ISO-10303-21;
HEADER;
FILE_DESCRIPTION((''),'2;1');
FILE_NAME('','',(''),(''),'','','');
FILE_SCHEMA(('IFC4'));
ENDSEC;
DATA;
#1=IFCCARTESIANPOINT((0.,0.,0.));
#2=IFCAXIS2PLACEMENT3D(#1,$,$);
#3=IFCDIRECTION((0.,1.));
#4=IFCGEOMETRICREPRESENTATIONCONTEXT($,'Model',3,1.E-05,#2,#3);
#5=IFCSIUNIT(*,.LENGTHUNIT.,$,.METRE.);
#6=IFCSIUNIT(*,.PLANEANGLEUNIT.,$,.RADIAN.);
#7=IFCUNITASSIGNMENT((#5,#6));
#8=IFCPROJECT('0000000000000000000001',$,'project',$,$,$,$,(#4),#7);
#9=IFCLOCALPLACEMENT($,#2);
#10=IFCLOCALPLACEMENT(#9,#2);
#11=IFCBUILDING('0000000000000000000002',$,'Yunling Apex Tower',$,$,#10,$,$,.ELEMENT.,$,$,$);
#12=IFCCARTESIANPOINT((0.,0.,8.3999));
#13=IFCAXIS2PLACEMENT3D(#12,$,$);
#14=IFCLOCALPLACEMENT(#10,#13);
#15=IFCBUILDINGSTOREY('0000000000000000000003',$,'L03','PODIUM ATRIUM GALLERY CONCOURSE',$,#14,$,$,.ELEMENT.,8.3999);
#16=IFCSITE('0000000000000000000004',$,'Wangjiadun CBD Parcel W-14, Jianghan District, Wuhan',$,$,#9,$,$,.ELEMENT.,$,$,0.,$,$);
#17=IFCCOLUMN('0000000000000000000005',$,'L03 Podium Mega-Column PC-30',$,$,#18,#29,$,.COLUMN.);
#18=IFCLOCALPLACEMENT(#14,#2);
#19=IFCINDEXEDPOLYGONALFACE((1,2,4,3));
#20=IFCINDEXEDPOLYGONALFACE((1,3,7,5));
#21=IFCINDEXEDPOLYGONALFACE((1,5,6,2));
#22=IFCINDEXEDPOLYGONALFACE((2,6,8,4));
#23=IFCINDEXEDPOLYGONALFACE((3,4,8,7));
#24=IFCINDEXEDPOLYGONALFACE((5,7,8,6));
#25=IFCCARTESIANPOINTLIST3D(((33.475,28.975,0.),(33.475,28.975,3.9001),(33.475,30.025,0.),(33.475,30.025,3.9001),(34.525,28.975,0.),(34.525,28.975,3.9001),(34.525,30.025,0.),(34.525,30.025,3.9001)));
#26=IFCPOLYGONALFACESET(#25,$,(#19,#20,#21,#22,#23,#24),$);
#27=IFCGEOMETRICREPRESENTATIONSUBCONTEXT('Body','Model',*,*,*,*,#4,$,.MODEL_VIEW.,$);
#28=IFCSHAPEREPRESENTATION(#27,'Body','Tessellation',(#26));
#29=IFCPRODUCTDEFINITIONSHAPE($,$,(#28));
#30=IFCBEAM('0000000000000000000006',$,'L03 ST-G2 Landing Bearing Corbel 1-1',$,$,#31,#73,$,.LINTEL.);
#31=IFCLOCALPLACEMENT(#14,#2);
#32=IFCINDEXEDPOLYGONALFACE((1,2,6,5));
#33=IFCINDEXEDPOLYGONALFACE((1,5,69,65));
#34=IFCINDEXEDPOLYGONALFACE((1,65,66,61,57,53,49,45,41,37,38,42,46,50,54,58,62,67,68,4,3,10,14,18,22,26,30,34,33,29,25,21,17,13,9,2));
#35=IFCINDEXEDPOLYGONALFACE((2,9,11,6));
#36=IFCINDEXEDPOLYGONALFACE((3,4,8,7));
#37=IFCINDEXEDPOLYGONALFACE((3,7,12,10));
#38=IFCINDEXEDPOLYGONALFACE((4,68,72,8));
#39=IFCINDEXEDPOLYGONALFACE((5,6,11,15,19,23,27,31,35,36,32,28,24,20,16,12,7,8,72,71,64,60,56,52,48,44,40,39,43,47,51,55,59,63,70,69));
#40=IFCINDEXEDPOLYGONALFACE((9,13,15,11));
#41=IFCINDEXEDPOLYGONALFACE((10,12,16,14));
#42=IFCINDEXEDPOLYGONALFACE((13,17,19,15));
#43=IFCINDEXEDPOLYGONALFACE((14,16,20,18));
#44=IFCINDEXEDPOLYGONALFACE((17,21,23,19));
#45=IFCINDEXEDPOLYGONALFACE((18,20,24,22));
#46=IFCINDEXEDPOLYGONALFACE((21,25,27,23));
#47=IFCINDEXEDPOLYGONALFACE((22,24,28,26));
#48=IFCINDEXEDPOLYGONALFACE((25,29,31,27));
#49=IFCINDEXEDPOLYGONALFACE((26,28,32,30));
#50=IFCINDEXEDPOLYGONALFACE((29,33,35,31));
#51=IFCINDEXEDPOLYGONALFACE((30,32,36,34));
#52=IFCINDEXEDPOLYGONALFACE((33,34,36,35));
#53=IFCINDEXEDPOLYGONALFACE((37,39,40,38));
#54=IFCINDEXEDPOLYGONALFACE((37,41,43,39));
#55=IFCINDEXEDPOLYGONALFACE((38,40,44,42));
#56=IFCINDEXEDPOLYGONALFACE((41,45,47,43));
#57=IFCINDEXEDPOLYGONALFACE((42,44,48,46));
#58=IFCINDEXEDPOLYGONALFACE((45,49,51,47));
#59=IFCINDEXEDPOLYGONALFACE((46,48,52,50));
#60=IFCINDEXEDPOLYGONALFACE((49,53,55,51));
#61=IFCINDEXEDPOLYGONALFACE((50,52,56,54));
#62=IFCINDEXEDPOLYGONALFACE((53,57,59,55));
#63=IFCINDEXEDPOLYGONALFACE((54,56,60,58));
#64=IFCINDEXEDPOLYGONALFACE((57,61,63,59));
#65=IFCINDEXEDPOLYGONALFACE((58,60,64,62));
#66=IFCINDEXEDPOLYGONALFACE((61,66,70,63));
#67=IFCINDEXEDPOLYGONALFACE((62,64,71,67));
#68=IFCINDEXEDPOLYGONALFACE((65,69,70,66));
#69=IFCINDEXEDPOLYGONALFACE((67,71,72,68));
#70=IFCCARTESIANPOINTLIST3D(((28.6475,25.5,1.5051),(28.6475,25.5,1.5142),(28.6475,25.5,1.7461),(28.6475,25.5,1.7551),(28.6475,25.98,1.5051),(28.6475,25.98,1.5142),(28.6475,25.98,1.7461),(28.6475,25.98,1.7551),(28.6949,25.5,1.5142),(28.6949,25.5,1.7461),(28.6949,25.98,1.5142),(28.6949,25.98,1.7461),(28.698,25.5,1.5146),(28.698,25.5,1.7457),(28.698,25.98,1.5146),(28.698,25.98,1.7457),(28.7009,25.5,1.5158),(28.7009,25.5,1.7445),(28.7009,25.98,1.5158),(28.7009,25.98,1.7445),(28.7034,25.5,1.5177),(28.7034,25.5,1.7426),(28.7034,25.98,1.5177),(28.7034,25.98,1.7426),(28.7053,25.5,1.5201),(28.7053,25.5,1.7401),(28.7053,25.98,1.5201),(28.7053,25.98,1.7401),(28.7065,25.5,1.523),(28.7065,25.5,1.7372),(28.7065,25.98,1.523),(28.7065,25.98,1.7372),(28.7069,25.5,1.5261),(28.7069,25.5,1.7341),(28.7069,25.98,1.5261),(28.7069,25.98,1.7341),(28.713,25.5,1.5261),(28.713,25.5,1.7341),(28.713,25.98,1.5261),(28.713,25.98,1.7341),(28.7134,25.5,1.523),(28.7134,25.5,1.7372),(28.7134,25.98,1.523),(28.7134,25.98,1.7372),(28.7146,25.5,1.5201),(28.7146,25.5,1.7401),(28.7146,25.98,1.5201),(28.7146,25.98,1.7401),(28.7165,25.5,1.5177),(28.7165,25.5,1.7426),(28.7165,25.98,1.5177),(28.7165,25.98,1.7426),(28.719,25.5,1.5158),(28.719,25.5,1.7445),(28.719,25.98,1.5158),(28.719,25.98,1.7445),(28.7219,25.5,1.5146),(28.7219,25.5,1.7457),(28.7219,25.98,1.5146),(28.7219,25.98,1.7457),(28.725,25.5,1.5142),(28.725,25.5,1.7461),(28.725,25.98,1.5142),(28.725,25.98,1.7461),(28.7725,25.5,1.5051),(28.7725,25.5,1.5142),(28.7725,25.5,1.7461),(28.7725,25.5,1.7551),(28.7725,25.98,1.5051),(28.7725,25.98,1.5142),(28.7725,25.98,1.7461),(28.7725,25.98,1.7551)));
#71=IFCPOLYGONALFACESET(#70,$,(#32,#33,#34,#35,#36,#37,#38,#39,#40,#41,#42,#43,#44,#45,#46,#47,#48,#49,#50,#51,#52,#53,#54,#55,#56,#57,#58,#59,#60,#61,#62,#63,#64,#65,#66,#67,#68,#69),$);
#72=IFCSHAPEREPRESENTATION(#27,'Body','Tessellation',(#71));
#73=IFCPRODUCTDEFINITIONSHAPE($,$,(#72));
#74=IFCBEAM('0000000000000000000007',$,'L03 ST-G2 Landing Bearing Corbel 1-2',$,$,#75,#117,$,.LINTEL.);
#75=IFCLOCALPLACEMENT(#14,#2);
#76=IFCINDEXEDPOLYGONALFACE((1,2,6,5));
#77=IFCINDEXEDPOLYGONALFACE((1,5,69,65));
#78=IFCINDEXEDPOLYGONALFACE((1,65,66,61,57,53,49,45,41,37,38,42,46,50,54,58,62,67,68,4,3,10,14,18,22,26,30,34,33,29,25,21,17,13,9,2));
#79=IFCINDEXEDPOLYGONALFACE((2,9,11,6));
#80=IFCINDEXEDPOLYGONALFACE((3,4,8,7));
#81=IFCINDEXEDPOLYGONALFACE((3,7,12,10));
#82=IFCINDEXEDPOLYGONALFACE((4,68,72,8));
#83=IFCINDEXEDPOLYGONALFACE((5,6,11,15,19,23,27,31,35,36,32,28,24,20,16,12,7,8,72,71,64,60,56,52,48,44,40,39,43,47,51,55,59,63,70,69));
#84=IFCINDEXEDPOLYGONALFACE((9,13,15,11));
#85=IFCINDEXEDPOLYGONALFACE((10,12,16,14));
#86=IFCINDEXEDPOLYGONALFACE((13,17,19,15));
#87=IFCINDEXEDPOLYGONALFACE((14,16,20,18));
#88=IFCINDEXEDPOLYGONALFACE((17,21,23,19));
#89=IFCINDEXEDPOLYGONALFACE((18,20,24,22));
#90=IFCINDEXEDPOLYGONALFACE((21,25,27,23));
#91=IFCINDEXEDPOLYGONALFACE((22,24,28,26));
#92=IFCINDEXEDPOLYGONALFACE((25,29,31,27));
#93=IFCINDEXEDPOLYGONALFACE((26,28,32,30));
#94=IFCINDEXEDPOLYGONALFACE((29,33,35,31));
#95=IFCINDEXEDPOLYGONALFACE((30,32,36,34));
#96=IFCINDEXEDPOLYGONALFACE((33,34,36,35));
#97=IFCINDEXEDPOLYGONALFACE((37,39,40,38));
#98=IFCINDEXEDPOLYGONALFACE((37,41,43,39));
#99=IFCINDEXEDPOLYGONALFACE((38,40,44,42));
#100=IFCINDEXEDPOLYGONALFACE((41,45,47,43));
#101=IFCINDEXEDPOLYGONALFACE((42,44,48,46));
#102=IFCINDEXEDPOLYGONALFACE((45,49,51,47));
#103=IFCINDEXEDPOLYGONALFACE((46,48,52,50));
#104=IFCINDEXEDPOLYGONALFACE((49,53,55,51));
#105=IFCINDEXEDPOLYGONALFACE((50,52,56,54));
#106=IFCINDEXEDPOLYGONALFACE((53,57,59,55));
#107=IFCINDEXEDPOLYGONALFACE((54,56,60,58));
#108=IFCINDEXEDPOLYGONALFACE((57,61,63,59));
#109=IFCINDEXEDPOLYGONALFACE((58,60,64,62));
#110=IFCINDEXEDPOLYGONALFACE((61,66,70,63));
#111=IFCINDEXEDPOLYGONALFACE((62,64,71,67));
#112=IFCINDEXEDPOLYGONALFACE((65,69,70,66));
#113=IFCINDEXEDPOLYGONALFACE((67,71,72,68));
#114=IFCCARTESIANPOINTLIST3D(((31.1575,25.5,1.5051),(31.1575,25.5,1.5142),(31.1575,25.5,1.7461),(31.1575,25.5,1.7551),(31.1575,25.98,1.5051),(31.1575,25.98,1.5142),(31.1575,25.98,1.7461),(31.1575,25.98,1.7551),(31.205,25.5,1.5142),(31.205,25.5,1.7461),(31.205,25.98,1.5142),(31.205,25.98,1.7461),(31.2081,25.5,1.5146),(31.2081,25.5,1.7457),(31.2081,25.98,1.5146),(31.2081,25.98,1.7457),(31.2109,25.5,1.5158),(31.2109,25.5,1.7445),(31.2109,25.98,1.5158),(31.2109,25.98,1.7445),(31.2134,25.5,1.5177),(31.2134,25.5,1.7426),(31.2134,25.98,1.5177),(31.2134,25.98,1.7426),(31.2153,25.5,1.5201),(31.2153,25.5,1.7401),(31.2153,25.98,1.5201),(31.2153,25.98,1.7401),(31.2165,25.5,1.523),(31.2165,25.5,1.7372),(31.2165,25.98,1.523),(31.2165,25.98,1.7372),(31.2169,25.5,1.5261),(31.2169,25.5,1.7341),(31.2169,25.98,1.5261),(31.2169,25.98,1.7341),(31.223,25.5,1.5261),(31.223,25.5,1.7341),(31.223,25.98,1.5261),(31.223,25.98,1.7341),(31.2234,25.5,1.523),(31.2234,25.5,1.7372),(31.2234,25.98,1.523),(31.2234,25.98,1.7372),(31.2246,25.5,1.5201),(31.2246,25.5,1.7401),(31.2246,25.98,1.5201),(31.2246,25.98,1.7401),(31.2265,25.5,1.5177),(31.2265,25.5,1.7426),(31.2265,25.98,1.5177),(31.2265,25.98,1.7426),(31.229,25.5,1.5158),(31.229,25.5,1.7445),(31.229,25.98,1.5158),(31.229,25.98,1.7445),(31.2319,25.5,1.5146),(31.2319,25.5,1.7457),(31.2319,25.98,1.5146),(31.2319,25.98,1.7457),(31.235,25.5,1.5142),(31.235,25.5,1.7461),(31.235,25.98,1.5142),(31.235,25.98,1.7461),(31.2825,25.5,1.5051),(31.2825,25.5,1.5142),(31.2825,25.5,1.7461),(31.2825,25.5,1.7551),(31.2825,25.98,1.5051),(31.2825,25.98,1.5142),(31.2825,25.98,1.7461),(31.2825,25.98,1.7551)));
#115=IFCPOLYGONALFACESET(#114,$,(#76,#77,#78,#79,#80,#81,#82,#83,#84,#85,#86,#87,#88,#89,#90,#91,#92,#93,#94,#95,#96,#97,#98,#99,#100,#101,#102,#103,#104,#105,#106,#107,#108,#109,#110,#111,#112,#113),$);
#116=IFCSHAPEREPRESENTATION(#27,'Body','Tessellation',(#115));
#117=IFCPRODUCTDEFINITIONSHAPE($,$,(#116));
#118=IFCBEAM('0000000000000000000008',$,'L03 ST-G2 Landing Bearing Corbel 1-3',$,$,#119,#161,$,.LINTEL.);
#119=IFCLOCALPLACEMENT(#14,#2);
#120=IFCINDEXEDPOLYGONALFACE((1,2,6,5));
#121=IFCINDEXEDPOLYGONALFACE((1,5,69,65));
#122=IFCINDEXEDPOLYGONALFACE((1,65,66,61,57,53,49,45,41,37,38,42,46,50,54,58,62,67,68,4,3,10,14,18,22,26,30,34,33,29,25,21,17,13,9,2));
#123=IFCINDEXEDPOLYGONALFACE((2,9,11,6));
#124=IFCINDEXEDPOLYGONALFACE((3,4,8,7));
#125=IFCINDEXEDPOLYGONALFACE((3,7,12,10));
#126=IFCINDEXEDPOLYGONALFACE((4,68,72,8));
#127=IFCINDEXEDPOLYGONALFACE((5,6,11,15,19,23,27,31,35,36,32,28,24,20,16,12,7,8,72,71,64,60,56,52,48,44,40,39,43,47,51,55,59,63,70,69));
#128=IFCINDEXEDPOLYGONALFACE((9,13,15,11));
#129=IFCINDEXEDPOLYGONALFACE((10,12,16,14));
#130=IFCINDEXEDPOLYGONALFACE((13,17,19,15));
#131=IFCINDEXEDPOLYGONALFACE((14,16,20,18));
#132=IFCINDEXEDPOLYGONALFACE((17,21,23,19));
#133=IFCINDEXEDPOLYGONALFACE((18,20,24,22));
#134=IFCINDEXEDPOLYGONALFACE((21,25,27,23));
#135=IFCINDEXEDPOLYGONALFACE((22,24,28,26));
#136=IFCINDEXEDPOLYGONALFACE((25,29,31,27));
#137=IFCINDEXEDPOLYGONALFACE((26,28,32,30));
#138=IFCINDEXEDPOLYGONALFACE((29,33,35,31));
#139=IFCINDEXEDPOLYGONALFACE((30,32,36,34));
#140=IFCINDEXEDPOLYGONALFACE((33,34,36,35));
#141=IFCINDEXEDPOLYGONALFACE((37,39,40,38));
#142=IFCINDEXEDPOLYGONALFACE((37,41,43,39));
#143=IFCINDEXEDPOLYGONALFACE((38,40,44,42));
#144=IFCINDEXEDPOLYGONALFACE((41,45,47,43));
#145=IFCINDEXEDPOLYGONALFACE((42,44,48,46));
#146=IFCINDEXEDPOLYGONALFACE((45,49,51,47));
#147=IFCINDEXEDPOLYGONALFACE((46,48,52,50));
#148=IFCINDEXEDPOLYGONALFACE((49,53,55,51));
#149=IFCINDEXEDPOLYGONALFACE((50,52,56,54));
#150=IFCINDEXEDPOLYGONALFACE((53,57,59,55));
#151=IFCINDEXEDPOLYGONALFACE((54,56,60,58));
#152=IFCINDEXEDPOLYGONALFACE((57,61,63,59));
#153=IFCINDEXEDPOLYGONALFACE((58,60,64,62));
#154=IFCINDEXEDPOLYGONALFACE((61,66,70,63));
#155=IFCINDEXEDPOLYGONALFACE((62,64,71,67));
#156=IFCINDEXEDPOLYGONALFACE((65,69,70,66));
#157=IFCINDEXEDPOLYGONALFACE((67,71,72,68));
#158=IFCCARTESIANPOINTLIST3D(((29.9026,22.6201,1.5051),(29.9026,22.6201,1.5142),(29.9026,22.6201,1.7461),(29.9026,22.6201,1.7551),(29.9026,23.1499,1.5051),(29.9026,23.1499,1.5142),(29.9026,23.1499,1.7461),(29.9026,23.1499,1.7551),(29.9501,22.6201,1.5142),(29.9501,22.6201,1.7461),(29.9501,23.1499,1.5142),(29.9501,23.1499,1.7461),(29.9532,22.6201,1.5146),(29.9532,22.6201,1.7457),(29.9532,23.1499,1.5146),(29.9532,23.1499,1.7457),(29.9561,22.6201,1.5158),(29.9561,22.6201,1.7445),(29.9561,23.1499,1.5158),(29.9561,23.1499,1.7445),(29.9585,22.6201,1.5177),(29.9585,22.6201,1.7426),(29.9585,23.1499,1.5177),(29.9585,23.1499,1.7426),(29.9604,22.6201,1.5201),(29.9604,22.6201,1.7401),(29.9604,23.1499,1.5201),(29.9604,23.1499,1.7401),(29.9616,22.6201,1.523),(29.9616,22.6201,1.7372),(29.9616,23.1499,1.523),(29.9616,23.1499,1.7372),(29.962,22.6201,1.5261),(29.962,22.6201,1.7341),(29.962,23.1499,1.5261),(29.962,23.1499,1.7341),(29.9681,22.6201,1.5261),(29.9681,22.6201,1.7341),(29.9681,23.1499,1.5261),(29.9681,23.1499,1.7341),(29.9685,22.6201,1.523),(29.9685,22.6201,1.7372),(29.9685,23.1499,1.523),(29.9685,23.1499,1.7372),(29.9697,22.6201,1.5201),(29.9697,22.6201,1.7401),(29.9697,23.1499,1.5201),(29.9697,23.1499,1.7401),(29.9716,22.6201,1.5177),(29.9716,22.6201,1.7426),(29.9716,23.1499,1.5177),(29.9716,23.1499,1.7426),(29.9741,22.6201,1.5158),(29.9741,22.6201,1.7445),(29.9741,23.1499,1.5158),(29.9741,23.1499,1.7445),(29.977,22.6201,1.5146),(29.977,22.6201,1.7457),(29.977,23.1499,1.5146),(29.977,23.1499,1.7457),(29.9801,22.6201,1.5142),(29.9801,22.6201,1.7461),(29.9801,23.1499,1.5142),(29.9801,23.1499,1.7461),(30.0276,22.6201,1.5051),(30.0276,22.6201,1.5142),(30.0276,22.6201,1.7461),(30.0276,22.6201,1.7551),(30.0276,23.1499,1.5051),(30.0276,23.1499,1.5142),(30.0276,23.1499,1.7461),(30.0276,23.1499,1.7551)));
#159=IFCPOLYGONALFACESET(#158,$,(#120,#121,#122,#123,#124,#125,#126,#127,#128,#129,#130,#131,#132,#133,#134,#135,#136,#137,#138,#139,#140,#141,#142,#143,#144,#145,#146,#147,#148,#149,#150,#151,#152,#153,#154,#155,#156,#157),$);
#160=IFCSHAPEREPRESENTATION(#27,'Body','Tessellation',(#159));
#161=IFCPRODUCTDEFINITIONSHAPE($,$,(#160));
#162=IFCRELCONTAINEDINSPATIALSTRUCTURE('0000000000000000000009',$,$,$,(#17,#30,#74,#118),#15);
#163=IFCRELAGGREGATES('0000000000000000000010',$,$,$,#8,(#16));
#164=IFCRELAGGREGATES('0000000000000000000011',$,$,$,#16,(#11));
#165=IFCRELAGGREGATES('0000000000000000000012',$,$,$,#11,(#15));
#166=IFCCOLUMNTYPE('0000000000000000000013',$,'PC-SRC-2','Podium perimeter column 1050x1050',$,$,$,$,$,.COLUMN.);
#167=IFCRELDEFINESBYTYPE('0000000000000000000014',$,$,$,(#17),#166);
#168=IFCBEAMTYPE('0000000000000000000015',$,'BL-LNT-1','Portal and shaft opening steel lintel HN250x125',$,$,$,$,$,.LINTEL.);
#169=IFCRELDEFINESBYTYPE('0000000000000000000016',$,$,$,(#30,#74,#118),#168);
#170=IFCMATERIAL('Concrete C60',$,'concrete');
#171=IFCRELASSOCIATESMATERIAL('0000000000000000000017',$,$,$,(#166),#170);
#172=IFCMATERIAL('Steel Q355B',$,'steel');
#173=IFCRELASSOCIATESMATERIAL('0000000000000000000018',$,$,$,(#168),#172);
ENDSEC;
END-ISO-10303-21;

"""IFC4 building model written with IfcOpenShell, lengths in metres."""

from ifc_helpers import new_model, si_unit, direction, frame, origin, origin_2d, place, context, subcontext, project, spatial, rectangle, i_section, extrude, source, transform, mapped, material, material_profile, profile_set, type_object, element, save


model = new_model("IFC4")

# Units and contexts
model_context = context("Model", 3, precision=1e-05, world=origin(), true_north=direction((0.0, 1.0)))
body_context = subcontext(model_context, "Body", "Model", "MODEL_VIEW")
ifc_project = project(units=[si_unit("LENGTHUNIT", "METRE"), si_unit("PLANEANGLEUNIT", "RADIAN")], contexts=[model_context])

# Site, building, storey
site_placement = place(None, origin())
site = spatial("IfcSite", under=ifc_project, at=site_placement, Name="Wangjiadun CBD Parcel W-14, Jianghan District, Wuhan", CompositionType="ELEMENT", RefElevation=0.0)
building_placement = place(site_placement, origin())
building = spatial("IfcBuilding", under=site, at=building_placement, Name="Yunling Apex Tower", CompositionType="ELEMENT")
storey_placement = place(building_placement, frame((0.0, 0.0, 8.3999)))
storey = spatial("IfcBuildingStorey", under=building, at=storey_placement, Name="L03", Description="PODIUM ATRIUM GALLERY CONCOURSE", CompositionType="ELEMENT", Elevation=8.3999)

# Column
ifc_material_1 = material(Name="Concrete C60", Category="concrete")
ifc_material_profile_1 = material_profile(ifc_material_1, rectangle(XDim=1.05, YDim=1.05, at=origin_2d()))
ifc_profile_set_1 = profile_set([ifc_material_profile_1], Name="Concrete C60")
column_type = type_object("IfcColumnType", Name="PC-SRC-2", Description="Podium perimeter column 1050x1050", PredefinedType="COLUMN", material=ifc_profile_set_1)
shared_shape_1 = source(origin(), body_context, "Body", "SweptSolid", [
    extrude(rectangle(XDim=1.05, YDim=1.05, at=origin_2d()), origin(), (0.0, 0.0, 1.0), 3.9001),
])
column_placement = place(storey_placement, frame((34.0, 29.5, 0.0), z_axis=(0.0, 0.0, 1.0), x_axis=(1.0, 0.0, 0.0)))
element("IfcColumn", 1, at=column_placement, inside=storey, type_object=column_type, Name="L03 Podium Mega-Column PC-30", PredefinedType="COLUMN", context=body_context, shape_type="MappedRepresentation", body=[
    mapped(shared_shape_1, transform((0.0, 0.0, 0.0), scale=1.0)),
])

# Beams
ifc_material_2 = material(Name="Steel Q355B", Category="steel")
ifc_material_profile_2 = material_profile(ifc_material_2, i_section(OverallWidth=0.125, OverallDepth=0.25, WebThickness=0.0061, FlangeThickness=0.009, FilletRadius=0.012, at=origin_2d()))
ifc_profile_set_2 = profile_set([ifc_material_profile_2], Name="Steel Q355B")
beam_type_1 = type_object("IfcBeamType", Name="BL-LNT-1", Description="Portal and shaft opening steel lintel HN250x125", PredefinedType="LINTEL", material=ifc_profile_set_2)
shared_shape_2 = source(origin(), body_context, "Body", "SweptSolid", [
    extrude(i_section(OverallWidth=0.125, OverallDepth=0.25, WebThickness=0.0061, FlangeThickness=0.009, FilletRadius=0.012, at=origin_2d()), origin(), (0.0, 0.0, 1.0), 0.48),
])
for number, where, z_axis, x_axis, name in (
    (2, (28.71, 25.98, 1.6301), (0.0, -1.0, 0.0), (1.0, 0.0, 0.0), "L03 ST-G2 Landing Bearing Corbel 1-1"),
    (3, (31.22, 25.98, 1.6301), (0.0, -1.0, 0.0), (1.0, 0.0, 0.0), "L03 ST-G2 Landing Bearing Corbel 1-2"),
):
    element("IfcBeam", number, at=place(storey_placement, frame(where, z_axis=z_axis, x_axis=x_axis)), inside=storey, type_object=beam_type_1, Name=name, PredefinedType="LINTEL", context=body_context, shape_type="MappedRepresentation", body=[
        mapped(shared_shape_2, transform((0.0, 0.0, 0.0), scale=1.0)),
    ])
shared_shape_3 = source(origin(), body_context, "Body", "SweptSolid", [
    extrude(i_section(OverallWidth=0.125, OverallDepth=0.25, WebThickness=0.0061, FlangeThickness=0.009, FilletRadius=0.012, at=origin_2d()), origin(), (0.0, 0.0, 1.0), 0.5298),
])
beam_1_placement = place(storey_placement, frame((29.9651, 22.6201, 1.6301), z_axis=(0.0, 1.0, 0.0), x_axis=(-1.0, 0.0, 0.0)))
element("IfcBeam", 4, at=beam_1_placement, inside=storey, type_object=beam_type_1, Name="L03 ST-G2 Landing Bearing Corbel 1-3", PredefinedType="LINTEL", context=body_context, shape_type="MappedRepresentation", body=[
    mapped(shared_shape_3, transform((0.0, 0.0, 0.0), scale=1.0)),
])

save(model, "model.ifc")
